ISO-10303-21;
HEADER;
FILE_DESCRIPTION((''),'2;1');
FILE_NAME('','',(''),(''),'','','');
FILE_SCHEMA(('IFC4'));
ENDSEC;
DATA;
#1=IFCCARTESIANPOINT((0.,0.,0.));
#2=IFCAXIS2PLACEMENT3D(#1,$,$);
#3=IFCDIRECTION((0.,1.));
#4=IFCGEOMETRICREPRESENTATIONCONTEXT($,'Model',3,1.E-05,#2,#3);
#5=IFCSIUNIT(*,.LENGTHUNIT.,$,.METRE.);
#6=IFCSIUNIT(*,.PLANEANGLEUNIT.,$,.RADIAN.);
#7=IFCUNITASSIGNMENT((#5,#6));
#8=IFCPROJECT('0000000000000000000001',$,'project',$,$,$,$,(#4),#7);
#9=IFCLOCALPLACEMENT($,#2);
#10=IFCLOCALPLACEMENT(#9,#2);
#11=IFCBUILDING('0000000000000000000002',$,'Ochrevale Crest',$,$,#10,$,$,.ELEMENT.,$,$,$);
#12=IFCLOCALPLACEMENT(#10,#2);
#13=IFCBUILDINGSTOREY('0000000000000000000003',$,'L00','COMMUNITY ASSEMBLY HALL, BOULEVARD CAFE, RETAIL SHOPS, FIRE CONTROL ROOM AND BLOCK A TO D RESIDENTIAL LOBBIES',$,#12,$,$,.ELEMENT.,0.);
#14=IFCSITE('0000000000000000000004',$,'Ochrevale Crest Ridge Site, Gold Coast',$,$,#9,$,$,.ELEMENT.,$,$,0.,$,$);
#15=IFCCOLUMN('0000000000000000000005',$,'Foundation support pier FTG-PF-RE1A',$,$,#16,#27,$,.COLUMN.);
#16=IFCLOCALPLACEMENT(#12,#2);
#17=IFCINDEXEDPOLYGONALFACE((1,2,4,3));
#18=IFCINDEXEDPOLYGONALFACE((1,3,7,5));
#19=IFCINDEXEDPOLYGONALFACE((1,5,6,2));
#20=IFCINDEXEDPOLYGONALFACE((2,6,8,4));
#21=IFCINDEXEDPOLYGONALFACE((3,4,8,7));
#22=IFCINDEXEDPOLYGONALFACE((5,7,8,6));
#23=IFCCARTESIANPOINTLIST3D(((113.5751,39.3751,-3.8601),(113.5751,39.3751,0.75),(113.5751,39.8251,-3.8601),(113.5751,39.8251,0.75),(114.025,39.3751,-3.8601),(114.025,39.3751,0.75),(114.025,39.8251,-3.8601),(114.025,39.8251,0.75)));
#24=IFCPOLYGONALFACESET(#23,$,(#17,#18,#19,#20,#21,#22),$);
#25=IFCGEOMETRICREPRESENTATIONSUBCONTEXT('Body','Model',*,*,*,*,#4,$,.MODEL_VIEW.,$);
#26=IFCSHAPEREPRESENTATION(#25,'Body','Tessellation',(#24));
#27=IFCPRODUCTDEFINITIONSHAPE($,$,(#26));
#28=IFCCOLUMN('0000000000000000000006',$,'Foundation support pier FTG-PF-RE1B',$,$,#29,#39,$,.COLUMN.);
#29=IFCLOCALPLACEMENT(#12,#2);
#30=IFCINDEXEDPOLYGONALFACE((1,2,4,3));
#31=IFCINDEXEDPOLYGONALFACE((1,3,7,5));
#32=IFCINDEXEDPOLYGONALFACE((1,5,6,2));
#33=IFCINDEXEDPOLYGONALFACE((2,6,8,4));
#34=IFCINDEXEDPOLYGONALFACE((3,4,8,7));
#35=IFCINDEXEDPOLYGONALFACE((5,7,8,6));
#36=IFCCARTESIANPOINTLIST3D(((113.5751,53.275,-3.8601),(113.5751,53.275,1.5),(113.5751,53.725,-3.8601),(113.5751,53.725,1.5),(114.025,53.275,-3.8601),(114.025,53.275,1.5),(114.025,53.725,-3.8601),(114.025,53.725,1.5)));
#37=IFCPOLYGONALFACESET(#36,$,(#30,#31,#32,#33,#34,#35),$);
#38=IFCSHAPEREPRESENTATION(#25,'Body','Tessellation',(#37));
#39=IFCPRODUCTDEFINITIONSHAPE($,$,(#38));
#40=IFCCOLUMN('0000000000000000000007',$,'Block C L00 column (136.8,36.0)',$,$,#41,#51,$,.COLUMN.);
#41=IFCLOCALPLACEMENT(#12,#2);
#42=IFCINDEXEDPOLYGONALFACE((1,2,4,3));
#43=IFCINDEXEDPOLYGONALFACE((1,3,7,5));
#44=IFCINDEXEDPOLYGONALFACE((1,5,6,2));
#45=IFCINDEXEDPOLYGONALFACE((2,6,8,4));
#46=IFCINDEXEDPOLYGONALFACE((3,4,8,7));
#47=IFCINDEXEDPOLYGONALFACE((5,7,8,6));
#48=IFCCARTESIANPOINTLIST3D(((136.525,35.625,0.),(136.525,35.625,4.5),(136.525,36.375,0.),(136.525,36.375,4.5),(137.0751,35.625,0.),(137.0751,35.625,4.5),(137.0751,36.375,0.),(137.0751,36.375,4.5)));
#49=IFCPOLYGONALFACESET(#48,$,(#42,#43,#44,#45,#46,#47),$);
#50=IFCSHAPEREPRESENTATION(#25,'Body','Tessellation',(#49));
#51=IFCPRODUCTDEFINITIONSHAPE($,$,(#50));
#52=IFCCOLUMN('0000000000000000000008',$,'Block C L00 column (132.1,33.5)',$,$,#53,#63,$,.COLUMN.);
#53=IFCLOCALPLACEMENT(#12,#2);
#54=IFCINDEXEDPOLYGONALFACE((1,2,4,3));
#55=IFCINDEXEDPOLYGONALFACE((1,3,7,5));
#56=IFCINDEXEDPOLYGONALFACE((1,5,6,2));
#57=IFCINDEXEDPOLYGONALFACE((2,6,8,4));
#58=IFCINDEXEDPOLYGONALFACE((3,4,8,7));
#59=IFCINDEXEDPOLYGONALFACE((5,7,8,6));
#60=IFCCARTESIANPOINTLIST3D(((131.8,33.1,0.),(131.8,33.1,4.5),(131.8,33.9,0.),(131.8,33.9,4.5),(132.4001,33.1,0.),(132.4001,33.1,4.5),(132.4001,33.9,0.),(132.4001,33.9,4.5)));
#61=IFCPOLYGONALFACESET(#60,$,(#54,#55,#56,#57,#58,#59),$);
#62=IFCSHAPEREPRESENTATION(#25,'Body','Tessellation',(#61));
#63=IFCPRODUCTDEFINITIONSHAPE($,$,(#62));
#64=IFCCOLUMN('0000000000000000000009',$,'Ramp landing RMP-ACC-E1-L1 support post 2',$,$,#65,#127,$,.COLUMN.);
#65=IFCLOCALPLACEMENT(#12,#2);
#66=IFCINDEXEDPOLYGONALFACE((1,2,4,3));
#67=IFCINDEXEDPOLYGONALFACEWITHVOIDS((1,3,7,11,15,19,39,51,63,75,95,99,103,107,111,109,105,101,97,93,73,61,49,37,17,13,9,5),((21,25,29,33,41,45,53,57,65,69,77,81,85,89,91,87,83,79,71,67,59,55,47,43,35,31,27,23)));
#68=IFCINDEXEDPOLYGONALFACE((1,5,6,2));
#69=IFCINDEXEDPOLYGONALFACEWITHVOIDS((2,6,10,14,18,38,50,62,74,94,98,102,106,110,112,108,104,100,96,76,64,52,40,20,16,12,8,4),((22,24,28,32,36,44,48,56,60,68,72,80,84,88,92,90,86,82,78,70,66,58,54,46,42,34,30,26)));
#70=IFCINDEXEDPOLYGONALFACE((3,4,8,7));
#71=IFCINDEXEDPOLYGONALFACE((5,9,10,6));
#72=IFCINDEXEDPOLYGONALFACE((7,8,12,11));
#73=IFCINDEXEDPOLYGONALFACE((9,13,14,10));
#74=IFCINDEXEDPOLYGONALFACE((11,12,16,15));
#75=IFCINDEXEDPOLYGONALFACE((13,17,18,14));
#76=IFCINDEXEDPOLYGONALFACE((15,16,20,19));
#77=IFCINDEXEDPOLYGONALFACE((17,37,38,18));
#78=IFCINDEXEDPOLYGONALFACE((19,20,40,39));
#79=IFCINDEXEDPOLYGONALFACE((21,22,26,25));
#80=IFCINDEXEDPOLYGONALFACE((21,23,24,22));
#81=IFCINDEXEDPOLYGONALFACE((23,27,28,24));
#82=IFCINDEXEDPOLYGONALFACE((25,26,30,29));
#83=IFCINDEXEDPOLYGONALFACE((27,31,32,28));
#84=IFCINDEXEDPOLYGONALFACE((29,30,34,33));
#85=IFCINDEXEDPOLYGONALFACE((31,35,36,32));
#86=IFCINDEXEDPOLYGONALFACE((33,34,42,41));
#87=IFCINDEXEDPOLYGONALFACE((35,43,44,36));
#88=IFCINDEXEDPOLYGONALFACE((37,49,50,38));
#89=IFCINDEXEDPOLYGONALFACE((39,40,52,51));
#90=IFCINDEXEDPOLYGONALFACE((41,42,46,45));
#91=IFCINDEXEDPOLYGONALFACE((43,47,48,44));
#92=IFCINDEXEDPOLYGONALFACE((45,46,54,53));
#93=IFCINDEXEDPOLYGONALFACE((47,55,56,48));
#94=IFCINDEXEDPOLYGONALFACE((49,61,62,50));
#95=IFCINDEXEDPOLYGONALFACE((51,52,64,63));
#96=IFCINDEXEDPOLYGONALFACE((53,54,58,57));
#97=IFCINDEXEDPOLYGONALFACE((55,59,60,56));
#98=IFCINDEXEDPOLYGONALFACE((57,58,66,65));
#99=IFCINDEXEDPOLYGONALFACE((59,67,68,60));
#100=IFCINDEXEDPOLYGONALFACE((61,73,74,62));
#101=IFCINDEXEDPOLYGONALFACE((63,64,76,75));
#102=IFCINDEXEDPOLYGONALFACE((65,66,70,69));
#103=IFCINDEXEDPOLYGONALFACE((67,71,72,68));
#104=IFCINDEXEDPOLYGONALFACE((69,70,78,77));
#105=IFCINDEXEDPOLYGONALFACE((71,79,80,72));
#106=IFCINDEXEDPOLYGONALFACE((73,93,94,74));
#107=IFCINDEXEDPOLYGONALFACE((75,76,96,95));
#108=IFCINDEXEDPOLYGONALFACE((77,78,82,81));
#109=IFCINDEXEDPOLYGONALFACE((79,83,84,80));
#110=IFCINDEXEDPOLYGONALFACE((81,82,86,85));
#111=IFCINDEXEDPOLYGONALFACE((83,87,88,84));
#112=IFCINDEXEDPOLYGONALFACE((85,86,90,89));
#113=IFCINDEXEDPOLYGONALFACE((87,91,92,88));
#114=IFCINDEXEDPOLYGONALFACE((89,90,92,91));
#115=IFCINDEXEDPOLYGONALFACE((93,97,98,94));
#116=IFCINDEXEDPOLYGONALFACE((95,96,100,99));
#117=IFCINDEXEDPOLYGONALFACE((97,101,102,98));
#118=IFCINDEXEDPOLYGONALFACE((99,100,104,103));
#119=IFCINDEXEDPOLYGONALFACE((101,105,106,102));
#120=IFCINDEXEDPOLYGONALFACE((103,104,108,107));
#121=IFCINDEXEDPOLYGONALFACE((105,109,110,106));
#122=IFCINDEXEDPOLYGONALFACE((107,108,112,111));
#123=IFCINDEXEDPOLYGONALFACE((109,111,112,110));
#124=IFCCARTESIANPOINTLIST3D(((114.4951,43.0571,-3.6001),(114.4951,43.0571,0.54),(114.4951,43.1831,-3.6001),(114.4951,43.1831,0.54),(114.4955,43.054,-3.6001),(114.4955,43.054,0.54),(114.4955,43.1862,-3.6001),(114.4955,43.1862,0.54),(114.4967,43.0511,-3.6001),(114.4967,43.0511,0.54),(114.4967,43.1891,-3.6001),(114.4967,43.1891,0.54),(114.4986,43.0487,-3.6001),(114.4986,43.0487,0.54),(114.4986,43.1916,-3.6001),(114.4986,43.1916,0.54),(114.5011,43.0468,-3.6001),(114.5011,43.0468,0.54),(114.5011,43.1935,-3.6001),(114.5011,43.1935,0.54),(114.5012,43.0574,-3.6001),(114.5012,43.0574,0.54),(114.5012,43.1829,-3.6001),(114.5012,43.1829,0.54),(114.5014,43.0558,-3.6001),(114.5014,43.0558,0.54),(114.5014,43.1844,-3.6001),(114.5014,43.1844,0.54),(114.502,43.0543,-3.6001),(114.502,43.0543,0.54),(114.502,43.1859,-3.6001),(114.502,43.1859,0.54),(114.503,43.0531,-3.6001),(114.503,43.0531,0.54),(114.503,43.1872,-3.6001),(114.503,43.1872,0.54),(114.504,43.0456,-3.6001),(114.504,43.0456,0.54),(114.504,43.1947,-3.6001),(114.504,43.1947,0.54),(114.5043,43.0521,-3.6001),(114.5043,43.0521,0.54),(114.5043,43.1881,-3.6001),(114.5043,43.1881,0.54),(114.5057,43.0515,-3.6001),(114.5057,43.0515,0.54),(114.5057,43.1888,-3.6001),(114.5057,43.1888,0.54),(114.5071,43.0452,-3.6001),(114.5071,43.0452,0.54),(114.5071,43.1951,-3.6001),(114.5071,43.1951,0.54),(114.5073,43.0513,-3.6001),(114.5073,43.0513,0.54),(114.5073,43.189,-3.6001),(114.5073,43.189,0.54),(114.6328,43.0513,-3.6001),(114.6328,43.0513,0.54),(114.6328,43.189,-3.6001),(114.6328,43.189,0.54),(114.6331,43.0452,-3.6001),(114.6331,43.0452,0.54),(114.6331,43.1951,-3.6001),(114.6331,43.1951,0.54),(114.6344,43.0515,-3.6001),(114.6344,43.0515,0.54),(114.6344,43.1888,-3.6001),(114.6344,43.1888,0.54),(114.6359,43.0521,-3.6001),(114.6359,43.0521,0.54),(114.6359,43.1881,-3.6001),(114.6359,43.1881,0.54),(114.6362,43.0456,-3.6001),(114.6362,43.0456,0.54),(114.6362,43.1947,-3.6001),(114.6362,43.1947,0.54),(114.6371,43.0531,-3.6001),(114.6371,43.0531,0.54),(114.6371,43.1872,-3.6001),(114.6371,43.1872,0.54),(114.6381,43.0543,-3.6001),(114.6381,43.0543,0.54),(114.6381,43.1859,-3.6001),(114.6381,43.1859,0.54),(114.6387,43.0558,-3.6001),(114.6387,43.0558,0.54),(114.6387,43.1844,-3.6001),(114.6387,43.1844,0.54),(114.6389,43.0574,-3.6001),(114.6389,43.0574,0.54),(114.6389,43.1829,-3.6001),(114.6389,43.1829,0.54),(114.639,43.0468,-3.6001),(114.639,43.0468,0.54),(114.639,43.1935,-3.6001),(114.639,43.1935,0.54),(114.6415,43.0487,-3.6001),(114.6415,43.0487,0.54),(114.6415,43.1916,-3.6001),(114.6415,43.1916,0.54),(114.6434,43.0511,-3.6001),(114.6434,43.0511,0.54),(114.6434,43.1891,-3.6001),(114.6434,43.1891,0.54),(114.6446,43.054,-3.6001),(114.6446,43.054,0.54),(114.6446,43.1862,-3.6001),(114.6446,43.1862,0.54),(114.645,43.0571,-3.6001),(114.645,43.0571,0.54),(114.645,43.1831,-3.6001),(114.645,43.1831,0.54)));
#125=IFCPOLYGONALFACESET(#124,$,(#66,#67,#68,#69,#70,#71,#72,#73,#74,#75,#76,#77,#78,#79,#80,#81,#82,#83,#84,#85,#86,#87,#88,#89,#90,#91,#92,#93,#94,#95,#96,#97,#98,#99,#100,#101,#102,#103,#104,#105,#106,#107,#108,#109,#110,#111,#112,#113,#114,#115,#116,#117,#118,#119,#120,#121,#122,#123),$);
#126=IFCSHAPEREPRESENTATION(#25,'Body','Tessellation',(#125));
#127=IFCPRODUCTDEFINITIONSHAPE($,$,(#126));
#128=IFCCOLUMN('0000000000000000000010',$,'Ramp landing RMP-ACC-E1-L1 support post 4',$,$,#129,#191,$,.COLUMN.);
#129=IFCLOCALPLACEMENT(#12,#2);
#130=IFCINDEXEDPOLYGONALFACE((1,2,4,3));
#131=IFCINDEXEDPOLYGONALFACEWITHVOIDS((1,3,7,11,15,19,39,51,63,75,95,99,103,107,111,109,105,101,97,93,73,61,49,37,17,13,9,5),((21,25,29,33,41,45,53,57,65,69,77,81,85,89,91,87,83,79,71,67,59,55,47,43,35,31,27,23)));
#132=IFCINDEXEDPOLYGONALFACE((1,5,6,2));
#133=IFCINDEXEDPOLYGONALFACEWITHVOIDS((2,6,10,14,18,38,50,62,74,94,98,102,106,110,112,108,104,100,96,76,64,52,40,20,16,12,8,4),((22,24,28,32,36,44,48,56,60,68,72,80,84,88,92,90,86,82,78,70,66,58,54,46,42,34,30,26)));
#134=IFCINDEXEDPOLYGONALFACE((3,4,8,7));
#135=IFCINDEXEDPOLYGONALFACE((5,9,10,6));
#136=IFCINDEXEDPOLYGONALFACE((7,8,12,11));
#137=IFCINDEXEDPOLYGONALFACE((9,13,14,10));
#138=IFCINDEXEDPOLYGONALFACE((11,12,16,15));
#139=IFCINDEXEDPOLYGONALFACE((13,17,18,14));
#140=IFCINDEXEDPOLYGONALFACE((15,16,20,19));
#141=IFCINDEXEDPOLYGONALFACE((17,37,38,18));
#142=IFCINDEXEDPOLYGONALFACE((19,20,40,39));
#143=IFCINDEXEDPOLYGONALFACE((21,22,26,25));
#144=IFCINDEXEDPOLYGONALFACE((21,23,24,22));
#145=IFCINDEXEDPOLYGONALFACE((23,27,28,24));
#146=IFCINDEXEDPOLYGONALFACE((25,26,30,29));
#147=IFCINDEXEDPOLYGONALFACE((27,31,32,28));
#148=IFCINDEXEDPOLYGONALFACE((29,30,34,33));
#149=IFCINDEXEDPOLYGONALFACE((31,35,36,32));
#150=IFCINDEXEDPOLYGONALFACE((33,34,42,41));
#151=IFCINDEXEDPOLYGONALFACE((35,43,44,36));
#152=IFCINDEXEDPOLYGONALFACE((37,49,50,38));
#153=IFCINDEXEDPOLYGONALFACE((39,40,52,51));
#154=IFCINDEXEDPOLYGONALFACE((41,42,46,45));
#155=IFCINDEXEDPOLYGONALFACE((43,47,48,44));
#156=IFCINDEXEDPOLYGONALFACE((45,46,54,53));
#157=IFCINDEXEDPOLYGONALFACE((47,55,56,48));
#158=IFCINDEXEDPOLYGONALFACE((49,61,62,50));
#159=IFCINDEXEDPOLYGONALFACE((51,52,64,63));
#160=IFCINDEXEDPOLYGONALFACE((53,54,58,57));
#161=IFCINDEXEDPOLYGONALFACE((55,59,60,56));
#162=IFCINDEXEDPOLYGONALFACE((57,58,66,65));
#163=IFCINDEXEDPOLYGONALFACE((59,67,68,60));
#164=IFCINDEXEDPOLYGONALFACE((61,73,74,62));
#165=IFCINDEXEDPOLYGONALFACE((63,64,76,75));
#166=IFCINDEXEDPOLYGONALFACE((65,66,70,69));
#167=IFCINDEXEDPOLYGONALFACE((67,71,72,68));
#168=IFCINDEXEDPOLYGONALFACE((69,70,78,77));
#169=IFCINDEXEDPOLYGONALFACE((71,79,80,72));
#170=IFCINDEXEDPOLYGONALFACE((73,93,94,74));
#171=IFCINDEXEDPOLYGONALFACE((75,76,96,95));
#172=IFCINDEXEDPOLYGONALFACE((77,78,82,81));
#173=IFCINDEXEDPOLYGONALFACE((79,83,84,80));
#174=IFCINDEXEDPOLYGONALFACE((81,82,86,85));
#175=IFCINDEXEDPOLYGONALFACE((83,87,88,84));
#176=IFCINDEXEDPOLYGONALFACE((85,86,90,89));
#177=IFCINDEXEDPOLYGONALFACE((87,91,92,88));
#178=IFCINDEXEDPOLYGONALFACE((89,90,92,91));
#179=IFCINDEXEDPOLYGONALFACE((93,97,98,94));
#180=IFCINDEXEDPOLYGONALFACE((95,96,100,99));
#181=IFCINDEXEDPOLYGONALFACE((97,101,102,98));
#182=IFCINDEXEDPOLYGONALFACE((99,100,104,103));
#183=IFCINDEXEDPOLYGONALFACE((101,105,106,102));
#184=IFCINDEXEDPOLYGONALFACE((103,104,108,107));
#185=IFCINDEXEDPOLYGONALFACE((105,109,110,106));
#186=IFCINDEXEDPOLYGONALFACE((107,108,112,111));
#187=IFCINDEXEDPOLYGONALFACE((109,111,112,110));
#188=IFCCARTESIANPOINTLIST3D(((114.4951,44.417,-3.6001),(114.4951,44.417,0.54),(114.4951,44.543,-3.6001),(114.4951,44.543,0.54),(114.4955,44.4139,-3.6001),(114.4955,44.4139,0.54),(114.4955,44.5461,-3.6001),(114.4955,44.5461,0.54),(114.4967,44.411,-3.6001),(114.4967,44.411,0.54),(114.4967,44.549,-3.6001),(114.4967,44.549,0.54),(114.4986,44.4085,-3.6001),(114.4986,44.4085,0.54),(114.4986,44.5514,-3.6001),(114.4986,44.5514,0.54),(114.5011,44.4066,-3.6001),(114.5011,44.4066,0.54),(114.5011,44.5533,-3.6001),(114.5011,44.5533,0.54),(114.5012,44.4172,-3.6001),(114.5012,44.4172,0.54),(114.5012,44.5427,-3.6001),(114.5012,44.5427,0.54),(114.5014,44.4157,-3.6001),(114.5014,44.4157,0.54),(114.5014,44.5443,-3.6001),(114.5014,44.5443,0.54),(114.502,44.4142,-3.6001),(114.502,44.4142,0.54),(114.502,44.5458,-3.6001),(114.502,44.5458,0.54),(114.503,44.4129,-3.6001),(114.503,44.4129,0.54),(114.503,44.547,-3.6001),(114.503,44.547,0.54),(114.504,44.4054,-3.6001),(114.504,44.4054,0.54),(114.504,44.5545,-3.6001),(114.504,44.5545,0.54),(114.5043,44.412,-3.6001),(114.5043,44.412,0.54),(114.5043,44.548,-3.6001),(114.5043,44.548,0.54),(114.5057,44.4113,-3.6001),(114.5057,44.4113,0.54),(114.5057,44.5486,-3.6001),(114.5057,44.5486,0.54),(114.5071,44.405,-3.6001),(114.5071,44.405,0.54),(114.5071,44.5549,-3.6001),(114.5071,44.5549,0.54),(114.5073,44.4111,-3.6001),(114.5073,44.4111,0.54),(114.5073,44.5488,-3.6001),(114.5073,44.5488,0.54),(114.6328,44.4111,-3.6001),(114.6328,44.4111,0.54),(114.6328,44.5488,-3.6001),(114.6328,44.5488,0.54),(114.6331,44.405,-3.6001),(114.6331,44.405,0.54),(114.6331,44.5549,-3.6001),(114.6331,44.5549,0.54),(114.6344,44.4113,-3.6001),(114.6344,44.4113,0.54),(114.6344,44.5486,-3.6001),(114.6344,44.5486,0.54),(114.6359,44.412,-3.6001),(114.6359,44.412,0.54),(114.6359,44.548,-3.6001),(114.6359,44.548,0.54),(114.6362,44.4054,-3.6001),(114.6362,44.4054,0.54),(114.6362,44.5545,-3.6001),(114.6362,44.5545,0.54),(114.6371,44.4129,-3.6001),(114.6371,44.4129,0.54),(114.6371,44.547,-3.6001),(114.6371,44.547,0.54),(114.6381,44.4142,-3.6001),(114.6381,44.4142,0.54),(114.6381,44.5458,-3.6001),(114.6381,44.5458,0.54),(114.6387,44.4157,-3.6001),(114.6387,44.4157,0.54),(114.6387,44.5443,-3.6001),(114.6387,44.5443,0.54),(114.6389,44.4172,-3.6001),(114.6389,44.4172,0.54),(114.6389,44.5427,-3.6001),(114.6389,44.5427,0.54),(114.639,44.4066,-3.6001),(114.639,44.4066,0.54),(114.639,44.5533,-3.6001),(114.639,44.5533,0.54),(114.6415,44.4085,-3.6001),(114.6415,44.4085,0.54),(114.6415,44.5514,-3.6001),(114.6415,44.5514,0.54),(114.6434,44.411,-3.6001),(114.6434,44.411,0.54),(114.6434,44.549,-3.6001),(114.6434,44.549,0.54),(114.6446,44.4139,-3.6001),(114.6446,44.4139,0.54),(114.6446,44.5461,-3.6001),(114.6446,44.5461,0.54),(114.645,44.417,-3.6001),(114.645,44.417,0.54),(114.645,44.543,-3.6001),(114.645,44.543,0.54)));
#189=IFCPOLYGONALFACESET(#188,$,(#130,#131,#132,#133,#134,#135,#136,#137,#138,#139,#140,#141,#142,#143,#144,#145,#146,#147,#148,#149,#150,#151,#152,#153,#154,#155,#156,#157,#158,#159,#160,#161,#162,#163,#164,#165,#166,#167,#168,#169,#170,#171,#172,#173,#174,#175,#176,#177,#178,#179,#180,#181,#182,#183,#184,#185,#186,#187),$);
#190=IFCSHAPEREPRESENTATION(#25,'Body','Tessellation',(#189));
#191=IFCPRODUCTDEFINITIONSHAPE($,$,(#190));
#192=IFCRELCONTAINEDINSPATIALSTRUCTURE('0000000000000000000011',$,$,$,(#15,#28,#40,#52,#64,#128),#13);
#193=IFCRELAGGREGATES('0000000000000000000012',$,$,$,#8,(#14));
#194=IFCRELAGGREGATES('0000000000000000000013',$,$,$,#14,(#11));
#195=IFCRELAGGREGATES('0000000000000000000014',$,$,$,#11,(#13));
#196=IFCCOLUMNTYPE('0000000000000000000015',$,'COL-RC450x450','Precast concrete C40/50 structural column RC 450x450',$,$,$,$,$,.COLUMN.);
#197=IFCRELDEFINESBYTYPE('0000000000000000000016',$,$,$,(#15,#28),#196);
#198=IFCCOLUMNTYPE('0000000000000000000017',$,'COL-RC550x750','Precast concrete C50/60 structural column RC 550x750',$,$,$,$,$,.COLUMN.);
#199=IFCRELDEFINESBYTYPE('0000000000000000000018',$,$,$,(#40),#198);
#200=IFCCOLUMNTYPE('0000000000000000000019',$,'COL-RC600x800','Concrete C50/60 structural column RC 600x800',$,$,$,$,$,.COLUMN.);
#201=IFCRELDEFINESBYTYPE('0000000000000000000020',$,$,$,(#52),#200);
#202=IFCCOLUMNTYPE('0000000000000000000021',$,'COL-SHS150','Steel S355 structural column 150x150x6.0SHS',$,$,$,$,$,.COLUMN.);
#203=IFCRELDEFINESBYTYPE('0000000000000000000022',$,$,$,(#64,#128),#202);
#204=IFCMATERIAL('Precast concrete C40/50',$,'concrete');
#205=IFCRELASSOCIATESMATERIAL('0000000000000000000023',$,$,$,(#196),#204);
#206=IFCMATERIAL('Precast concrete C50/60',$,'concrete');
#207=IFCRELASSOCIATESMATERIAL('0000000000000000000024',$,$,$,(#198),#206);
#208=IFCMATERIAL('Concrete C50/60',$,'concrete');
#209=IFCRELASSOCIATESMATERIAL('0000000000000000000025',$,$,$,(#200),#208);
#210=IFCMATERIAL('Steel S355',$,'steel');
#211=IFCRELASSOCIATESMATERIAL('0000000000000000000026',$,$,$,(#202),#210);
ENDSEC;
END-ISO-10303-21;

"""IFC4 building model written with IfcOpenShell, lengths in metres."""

from ifc_helpers import new_model, si_unit, direction, frame, origin, origin_2d, place, context, subcontext, project, spatial, rectangle, hollow_rectangle, extrude, material, material_profile, profile_set, type_object, element, save


model = new_model("IFC4")

# Units and contexts
model_context = context("Model", 3, precision=1e-05, world=origin(), true_north=direction((0.0, 1.0)))
body_context = subcontext(model_context, "Body", "Model", "MODEL_VIEW")
ifc_project = project(units=[si_unit("LENGTHUNIT", "METRE"), si_unit("PLANEANGLEUNIT", "RADIAN")], contexts=[model_context])

# Site, building, storey
site_placement = place(None, origin())
site = spatial("IfcSite", under=ifc_project, at=site_placement, Name="Ochrevale Crest Ridge Site, Gold Coast", CompositionType="ELEMENT", RefElevation=0.0)
building_placement = place(site_placement, origin())
building = spatial("IfcBuilding", under=site, at=building_placement, Name="Ochrevale Crest", CompositionType="ELEMENT")
storey_placement = place(building_placement, origin())
storey = spatial("IfcBuildingStorey", under=building, at=storey_placement, Name="L00", Description="COMMUNITY ASSEMBLY HALL, BOULEVARD CAFE, RETAIL SHOPS, FIRE CONTROL ROOM AND BLOCK A TO D RESIDENTIAL LOBBIES", CompositionType="ELEMENT", Elevation=0.0)

# Columns
ifc_material_1 = material(Name="Precast concrete C40/50", Category="concrete")
ifc_material_profile_1 = material_profile(ifc_material_1, rectangle(XDim=0.45, YDim=0.45, at=origin_2d()), Name="RC 450x450")
ifc_profile_set_1 = profile_set([ifc_material_profile_1], Name="Precast concrete C40/50")
column_type_1 = type_object("IfcColumnType", Name="COL-RC450x450", Description="Precast concrete C40/50 structural column RC 450x450", PredefinedType="COLUMN", material=ifc_profile_set_1)
column_1_placement = place(storey_placement, frame((113.8, 39.6001, -3.8601), z_axis=(0.0, 0.0, 1.0), x_axis=(1.0, 0.0, 0.0)))
element("IfcColumn", 1, at=column_1_placement, inside=storey, type_object=column_type_1, Name="Foundation support pier FTG-PF-RE1A", PredefinedType="COLUMN", context=body_context, shape_type="SweptSolid", body=[
    extrude(rectangle(XDim=0.45, YDim=0.45, at=origin_2d()), origin(), (0.0, 0.0, 1.0), 4.6101),
])
column_2_placement = place(storey_placement, frame((113.8, 53.5, -3.8601), z_axis=(0.0, 0.0, 1.0), x_axis=(1.0, 0.0, 0.0)))
element("IfcColumn", 2, at=column_2_placement, inside=storey, type_object=column_type_1, Name="Foundation support pier FTG-PF-RE1B", PredefinedType="COLUMN", context=body_context, shape_type="SweptSolid", body=[
    extrude(rectangle(XDim=0.45, YDim=0.45, at=origin_2d()), origin(), (0.0, 0.0, 1.0), 5.3601),
])
ifc_material_2 = material(Name="Precast concrete C50/60", Category="concrete")
ifc_material_profile_2 = material_profile(ifc_material_2, rectangle(XDim=0.55, YDim=0.75, at=origin_2d()), Name="RC 550x750")
ifc_profile_set_2 = profile_set([ifc_material_profile_2], Name="Precast concrete C50/60")
column_type_2 = type_object("IfcColumnType", Name="COL-RC550x750", Description="Precast concrete C50/60 structural column RC 550x750", PredefinedType="COLUMN", material=ifc_profile_set_2)
column_3_placement = place(storey_placement, frame((136.8, 36.0, 0.0), z_axis=(0.0, 0.0, 1.0), x_axis=(1.0, 0.0, 0.0)))
element("IfcColumn", 3, at=column_3_placement, inside=storey, type_object=column_type_2, Name="Block C L00 column (136.8,36.0)", PredefinedType="COLUMN", context=body_context, shape_type="SweptSolid", body=[
    extrude(rectangle(XDim=0.55, YDim=0.75, at=origin_2d()), origin(), (0.0, 0.0, 1.0), 4.5),
])
ifc_material_3 = material(Name="Concrete C50/60", Category="concrete")
ifc_material_profile_3 = material_profile(ifc_material_3, rectangle(XDim=0.6001, YDim=0.8, at=origin_2d()), Name="RC 600x800")
ifc_profile_set_3 = profile_set([ifc_material_profile_3], Name="Concrete C50/60")
column_type_3 = type_object("IfcColumnType", Name="COL-RC600x800", Description="Concrete C50/60 structural column RC 600x800", PredefinedType="COLUMN", material=ifc_profile_set_3)
column_4_placement = place(storey_placement, frame((132.1001, 33.5, 0.0), z_axis=(0.0, 0.0, 1.0), x_axis=(1.0, 0.0, 0.0)))
element("IfcColumn", 4, at=column_4_placement, inside=storey, type_object=column_type_3, Name="Block C L00 column (132.1,33.5)", PredefinedType="COLUMN", context=body_context, shape_type="SweptSolid", body=[
    extrude(rectangle(XDim=0.6001, YDim=0.8, at=origin_2d()), origin(), (0.0, 0.0, 1.0), 4.5),
])
ifc_material_4 = material(Name="Steel S355", Category="steel")
ifc_material_profile_4 = material_profile(ifc_material_4, hollow_rectangle(XDim=0.1499, YDim=0.1499, WallThickness=0.0061, InnerFilletRadius=0.0061, OuterFilletRadius=0.012, at=origin_2d()), Name="150x150x6.0SHS")
ifc_profile_set_4 = profile_set([ifc_material_profile_4], Name="Steel S355")
column_type_4 = type_object("IfcColumnType", Name="COL-SHS150", Description="Steel S355 structural column 150x150x6.0SHS", PredefinedType="COLUMN", material=ifc_profile_set_4)
for number, where, z_axis, x_axis, name in (
    (5, (114.5701, 43.1201, -3.6001), (0.0, 0.0, 1.0), (1.0, 0.0, 0.0), "Ramp landing RMP-ACC-E1-L1 support post 2"),
    (6, (114.5701, 44.48, -3.6001), (0.0, 0.0, 1.0), (1.0, 0.0, 0.0), "Ramp landing RMP-ACC-E1-L1 support post 4"),
):
    element("IfcColumn", number, at=place(storey_placement, frame(where, z_axis=z_axis, x_axis=x_axis)), inside=storey, type_object=column_type_4, Name=name, PredefinedType="COLUMN", context=body_context, shape_type="SweptSolid", body=[
        extrude(hollow_rectangle(XDim=0.1499, YDim=0.1499, WallThickness=0.0061, InnerFilletRadius=0.0061, OuterFilletRadius=0.012, at=origin_2d()), origin(), (0.0, 0.0, 1.0), 4.1401),
    ])

save(model, "model.ifc")
